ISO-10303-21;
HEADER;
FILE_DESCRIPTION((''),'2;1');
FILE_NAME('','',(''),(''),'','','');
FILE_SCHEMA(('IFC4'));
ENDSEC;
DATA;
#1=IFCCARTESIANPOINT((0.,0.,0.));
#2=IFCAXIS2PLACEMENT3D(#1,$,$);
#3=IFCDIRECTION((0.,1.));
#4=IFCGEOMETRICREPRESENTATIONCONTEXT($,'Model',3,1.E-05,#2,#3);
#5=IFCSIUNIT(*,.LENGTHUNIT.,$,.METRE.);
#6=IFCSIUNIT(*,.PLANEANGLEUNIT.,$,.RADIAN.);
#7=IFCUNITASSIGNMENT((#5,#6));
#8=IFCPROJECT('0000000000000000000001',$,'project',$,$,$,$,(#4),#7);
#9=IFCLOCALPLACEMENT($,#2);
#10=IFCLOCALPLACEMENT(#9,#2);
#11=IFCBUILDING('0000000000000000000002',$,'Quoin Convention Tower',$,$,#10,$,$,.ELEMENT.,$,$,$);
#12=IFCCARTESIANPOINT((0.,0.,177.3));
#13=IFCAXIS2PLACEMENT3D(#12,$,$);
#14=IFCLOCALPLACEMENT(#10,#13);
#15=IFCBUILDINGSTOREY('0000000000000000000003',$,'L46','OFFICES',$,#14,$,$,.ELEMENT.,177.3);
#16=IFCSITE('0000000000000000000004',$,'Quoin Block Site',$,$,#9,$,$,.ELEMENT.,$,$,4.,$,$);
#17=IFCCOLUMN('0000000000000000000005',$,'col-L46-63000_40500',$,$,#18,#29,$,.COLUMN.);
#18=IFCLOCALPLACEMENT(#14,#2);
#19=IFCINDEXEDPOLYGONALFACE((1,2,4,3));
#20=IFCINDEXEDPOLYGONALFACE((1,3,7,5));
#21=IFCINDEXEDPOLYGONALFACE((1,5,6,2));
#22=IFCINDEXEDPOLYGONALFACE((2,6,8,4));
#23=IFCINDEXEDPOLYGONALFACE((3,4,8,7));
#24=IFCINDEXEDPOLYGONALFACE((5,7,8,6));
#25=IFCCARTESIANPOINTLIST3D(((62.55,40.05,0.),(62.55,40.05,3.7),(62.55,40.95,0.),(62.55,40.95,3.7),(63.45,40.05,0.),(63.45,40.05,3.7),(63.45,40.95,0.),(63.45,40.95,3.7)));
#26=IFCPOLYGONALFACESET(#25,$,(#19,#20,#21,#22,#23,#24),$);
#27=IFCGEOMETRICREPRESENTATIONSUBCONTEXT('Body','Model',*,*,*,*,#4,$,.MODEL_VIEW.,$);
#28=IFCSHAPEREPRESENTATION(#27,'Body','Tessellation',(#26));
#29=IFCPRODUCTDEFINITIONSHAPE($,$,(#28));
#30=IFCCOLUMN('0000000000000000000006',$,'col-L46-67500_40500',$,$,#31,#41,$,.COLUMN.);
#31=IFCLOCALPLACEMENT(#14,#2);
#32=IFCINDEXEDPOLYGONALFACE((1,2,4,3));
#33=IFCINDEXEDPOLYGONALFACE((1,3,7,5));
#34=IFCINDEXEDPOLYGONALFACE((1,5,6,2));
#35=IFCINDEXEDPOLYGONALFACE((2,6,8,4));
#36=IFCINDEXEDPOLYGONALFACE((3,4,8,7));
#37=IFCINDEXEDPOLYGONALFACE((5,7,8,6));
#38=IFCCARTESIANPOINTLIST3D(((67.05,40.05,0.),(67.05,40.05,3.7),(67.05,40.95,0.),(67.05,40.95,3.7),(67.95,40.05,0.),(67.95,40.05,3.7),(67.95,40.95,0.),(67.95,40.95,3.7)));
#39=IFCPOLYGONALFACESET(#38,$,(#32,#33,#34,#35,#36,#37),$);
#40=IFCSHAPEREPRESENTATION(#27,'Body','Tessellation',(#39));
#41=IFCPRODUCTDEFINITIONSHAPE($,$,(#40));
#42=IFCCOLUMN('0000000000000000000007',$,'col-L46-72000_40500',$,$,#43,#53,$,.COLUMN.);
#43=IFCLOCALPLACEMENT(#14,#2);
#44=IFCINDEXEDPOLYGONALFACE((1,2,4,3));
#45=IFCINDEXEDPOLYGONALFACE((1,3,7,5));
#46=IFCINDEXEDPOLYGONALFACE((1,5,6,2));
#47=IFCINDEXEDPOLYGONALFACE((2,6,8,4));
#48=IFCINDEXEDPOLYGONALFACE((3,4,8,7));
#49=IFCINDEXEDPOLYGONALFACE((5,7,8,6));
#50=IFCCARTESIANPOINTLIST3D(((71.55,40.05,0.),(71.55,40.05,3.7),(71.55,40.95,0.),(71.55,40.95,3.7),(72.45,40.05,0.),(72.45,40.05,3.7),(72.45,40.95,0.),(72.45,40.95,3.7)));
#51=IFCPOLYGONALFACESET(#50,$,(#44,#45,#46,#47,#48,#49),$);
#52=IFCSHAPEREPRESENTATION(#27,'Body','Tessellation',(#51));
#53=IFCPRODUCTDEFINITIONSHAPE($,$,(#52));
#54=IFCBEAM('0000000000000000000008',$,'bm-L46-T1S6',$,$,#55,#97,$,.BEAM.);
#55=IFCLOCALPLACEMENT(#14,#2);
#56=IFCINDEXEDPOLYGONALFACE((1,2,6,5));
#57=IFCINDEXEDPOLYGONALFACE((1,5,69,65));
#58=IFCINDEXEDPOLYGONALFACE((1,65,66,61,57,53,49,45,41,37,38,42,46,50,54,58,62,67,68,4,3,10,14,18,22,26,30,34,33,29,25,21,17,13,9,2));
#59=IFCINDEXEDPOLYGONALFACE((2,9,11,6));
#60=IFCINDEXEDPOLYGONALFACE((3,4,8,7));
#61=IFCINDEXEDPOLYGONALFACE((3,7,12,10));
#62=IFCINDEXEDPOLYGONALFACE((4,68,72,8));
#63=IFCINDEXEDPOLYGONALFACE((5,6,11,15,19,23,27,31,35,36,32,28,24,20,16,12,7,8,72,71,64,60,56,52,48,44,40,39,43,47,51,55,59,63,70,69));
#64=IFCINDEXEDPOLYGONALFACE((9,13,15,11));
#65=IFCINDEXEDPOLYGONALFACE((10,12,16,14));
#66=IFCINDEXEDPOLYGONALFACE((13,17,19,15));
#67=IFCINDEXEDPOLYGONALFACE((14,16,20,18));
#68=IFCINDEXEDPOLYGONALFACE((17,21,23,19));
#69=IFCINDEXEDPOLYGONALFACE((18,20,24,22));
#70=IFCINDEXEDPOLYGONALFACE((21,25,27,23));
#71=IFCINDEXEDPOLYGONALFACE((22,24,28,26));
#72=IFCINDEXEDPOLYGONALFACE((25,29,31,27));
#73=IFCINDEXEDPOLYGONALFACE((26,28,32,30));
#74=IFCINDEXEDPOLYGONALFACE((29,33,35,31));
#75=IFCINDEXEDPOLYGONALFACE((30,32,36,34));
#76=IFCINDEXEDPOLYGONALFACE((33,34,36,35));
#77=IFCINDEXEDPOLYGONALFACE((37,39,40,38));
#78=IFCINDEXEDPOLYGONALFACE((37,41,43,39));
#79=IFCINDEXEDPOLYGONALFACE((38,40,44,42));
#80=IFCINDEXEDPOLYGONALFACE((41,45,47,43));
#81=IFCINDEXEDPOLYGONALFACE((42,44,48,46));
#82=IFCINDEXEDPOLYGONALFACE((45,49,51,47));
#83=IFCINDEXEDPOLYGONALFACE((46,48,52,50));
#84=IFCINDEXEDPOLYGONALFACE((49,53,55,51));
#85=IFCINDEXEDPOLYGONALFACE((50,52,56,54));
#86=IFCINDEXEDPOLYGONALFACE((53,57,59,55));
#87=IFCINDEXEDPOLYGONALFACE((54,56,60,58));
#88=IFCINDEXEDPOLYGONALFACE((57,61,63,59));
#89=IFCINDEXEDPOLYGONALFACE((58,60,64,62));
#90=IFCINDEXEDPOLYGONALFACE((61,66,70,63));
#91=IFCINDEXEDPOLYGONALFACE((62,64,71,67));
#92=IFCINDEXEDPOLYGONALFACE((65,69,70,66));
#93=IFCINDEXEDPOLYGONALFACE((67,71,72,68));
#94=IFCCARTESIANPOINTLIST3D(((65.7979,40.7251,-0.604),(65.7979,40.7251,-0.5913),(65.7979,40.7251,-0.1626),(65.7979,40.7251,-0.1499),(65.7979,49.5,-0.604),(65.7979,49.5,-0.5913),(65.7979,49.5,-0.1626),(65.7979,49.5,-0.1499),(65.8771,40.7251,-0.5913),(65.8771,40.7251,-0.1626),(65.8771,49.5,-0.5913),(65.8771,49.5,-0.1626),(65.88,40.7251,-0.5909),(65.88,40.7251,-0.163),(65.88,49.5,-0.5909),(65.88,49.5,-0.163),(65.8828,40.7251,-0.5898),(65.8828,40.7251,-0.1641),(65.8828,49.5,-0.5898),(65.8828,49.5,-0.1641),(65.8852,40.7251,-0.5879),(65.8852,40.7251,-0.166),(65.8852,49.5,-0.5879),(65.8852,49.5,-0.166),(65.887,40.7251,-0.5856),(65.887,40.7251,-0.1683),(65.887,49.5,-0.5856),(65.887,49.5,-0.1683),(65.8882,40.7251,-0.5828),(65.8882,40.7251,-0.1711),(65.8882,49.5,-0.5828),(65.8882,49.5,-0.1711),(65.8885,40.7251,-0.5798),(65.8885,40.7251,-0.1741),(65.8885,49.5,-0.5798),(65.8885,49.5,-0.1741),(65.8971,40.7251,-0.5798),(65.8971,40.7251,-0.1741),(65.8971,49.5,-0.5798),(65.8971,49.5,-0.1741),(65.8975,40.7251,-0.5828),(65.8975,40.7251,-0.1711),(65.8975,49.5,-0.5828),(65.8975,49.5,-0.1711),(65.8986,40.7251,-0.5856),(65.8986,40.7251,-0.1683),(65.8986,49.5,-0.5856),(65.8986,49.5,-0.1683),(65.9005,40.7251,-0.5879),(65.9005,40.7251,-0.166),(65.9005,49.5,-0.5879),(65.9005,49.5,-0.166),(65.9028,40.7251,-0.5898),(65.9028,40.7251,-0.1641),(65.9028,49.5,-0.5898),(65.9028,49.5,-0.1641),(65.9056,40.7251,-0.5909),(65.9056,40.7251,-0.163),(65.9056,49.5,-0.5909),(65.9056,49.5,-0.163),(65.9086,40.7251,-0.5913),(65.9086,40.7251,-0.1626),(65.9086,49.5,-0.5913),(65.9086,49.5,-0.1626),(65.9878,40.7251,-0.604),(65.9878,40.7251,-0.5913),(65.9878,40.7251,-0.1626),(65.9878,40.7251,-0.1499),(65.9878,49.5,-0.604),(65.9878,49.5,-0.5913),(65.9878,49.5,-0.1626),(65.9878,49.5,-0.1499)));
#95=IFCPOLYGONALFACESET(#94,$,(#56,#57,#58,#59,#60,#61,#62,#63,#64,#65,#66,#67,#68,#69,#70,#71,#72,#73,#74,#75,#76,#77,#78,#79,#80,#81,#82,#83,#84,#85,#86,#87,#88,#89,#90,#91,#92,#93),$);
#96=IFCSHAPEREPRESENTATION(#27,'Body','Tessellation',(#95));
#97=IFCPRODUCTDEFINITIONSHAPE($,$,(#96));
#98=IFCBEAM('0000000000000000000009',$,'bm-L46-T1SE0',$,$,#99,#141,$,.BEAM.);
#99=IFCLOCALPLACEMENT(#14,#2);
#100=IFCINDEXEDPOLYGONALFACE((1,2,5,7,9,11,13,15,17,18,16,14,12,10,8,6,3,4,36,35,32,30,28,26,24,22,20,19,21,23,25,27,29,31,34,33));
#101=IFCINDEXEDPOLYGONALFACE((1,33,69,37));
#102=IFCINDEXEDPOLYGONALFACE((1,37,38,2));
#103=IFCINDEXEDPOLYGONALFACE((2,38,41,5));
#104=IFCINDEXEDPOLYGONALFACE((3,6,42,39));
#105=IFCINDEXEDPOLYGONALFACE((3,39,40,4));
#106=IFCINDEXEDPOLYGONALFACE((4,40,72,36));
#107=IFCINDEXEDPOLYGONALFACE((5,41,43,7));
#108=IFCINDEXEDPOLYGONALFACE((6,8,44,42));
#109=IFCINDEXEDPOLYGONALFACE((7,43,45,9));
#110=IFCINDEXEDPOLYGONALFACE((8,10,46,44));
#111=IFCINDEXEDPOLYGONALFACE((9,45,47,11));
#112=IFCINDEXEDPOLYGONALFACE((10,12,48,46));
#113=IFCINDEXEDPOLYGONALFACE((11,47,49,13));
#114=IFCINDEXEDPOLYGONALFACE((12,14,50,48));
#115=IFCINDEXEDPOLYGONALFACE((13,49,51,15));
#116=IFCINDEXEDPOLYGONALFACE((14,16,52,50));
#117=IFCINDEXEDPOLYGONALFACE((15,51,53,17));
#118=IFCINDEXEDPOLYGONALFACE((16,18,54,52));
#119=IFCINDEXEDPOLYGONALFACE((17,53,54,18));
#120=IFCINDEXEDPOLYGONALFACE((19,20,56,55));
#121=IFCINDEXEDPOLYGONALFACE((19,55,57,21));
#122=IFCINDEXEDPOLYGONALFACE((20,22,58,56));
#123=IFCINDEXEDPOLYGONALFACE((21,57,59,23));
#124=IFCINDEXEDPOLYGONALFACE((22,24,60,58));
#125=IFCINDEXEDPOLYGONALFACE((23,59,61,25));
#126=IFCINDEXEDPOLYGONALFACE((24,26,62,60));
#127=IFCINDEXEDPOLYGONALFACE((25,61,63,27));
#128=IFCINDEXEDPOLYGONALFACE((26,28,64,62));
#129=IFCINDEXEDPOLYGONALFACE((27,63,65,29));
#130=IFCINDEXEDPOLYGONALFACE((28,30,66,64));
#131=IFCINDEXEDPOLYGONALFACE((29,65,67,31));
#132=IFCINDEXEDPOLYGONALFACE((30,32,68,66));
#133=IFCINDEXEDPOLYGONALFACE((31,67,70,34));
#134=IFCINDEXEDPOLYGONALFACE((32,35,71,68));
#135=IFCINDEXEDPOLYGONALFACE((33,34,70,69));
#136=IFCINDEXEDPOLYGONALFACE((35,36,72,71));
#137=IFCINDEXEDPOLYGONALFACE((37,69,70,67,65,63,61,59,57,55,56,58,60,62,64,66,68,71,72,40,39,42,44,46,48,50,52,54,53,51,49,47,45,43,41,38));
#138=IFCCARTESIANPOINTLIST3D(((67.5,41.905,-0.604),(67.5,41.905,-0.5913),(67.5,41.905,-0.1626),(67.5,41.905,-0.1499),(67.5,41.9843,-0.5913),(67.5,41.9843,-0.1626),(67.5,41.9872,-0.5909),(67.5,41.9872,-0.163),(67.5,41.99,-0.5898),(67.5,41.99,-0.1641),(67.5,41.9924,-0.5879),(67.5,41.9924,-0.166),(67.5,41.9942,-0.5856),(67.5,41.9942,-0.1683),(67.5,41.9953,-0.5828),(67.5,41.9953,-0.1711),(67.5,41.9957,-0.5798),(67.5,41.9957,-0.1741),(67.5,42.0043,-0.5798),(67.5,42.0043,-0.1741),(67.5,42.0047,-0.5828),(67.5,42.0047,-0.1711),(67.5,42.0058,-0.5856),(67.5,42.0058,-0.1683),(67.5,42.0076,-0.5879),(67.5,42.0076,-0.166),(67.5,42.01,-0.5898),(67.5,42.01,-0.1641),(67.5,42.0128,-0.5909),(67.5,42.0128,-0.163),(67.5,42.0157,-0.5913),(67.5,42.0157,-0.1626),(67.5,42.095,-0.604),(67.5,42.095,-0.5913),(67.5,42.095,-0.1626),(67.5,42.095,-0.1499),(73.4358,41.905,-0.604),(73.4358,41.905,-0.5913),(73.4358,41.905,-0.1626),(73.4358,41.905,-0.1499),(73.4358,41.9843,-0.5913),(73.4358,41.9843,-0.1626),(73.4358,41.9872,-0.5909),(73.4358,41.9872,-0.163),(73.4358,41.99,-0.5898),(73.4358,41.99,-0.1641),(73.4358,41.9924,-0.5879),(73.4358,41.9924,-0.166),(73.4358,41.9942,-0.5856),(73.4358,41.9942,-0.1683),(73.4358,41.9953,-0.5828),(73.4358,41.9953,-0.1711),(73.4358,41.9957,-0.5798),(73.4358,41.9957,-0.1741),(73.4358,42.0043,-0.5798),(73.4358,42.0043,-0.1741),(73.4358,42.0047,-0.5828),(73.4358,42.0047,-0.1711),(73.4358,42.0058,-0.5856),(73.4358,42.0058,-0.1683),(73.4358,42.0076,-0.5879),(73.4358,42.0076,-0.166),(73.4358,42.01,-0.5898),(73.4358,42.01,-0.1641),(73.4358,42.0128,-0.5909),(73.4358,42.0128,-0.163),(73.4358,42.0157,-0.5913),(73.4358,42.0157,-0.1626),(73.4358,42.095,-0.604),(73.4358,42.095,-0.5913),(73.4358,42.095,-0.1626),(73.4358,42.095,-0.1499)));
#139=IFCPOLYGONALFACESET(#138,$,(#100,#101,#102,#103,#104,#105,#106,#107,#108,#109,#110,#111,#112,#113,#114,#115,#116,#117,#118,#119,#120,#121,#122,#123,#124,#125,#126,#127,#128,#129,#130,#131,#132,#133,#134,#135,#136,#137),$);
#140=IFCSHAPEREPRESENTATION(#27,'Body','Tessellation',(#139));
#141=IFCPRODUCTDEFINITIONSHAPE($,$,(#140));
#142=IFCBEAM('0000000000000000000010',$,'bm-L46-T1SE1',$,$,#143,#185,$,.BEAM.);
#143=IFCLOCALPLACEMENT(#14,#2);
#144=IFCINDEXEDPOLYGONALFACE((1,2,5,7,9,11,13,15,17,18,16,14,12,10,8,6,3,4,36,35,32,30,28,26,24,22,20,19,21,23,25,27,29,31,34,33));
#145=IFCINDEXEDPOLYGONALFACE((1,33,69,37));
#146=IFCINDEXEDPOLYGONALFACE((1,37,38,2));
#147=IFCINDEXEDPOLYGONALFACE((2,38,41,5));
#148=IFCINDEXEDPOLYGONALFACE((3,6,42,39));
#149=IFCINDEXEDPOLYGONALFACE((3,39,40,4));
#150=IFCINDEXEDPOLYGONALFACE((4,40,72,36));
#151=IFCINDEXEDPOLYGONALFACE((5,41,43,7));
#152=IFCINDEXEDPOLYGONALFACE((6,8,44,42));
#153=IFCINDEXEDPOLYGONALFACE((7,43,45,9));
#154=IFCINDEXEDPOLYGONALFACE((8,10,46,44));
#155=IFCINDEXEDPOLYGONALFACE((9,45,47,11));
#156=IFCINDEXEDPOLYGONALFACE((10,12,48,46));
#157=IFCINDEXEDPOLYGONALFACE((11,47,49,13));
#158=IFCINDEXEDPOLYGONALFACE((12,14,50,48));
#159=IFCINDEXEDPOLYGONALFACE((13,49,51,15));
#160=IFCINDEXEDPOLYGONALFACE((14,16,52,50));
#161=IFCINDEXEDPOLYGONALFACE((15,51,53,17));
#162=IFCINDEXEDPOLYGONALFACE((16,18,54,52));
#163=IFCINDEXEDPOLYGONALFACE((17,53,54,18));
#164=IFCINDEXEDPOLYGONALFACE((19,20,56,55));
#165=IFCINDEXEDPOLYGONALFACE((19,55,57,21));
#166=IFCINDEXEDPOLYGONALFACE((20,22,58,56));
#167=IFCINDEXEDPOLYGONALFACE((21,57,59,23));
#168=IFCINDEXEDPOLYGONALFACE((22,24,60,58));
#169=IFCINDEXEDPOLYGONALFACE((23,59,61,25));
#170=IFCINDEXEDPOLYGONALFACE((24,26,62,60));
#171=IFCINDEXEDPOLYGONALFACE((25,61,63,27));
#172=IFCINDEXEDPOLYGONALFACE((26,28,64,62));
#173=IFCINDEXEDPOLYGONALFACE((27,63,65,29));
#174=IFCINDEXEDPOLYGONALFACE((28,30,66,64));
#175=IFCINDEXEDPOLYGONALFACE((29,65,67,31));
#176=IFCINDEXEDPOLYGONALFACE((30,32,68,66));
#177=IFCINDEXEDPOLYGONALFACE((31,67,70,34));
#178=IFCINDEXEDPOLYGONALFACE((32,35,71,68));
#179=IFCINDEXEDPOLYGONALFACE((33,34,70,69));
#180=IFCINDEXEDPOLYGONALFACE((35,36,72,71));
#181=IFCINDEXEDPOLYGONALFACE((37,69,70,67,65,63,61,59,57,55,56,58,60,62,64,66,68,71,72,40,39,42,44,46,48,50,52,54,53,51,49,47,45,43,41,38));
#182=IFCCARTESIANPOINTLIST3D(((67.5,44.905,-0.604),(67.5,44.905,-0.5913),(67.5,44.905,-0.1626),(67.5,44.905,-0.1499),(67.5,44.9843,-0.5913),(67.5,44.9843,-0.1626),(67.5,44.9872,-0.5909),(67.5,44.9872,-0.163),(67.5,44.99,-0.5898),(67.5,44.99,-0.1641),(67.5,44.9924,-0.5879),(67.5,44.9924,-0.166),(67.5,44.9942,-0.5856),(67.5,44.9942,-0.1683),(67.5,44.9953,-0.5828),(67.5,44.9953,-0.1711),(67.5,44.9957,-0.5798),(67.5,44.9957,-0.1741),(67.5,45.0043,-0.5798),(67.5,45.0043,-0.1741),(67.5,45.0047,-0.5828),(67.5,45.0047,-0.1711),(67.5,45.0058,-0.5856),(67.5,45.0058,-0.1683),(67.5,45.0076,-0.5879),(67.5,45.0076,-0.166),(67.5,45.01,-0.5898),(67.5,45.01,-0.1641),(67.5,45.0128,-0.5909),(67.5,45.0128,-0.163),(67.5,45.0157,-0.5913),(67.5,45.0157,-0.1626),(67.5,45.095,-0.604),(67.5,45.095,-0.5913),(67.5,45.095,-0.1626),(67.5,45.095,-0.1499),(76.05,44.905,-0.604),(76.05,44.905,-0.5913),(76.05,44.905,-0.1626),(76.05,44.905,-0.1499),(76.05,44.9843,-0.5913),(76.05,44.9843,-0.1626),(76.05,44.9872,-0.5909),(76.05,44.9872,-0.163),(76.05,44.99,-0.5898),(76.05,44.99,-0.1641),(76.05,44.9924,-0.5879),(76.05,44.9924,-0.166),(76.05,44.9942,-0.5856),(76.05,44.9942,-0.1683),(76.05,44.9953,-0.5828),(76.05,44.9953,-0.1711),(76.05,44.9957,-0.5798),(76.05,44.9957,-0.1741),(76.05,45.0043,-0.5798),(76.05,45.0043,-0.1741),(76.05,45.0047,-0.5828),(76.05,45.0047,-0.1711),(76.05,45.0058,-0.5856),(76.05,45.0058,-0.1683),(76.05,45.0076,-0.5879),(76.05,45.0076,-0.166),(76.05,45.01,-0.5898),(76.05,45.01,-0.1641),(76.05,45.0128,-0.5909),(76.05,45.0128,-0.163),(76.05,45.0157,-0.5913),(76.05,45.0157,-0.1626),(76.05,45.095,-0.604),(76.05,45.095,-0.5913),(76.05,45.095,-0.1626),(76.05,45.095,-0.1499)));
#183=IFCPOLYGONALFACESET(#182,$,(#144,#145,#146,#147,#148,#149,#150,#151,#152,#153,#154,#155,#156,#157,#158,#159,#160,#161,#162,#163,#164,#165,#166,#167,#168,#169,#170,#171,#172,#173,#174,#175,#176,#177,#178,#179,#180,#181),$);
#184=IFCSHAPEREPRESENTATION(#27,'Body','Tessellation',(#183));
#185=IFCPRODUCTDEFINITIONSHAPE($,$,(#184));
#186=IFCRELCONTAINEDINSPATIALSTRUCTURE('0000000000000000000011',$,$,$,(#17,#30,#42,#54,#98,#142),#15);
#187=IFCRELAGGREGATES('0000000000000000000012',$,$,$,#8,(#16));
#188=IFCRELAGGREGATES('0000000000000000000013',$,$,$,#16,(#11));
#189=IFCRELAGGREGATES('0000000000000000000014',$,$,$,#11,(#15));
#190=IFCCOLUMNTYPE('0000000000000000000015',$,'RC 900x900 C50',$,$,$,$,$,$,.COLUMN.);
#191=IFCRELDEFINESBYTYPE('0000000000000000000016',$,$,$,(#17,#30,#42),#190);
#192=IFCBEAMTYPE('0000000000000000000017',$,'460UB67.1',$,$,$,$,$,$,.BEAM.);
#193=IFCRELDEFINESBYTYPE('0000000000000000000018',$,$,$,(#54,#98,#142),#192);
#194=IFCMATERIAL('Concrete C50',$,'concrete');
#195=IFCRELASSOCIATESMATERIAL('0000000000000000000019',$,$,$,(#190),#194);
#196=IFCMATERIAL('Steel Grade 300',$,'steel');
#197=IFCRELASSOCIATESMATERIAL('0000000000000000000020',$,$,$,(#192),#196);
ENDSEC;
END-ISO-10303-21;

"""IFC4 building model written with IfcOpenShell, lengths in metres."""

from ifc_helpers import new_model, si_unit, direction, frame, origin, origin_2d, place, context, subcontext, project, spatial, rectangle, i_section, extrude, material, material_profile, profile_set, type_object, element, save


model = new_model("IFC4")

# Units and contexts
model_context = context("Model", 3, precision=1e-05, world=origin(), true_north=direction((0.0, 1.0)))
body_context = subcontext(model_context, "Body", "Model", "MODEL_VIEW")
ifc_project = project(units=[si_unit("LENGTHUNIT", "METRE"), si_unit("PLANEANGLEUNIT", "RADIAN")], contexts=[model_context])

# Site, building, storey
site_placement = place(None, origin())
site = spatial("IfcSite", under=ifc_project, at=site_placement, Name="Quoin Block Site", CompositionType="ELEMENT", RefElevation=4.0)
building_placement = place(site_placement, origin())
building = spatial("IfcBuilding", under=site, at=building_placement, Name="Quoin Convention Tower", CompositionType="ELEMENT")
storey_placement = place(building_placement, frame((0.0, 0.0, 177.3)))
storey = spatial("IfcBuildingStorey", under=building, at=storey_placement, Name="L46", Description="OFFICES", CompositionType="ELEMENT", Elevation=177.3)

# Columns
ifc_material_1 = material(Name="Concrete C50", Category="concrete")
ifc_material_profile_1 = material_profile(ifc_material_1, rectangle(XDim=0.8999, YDim=0.8999, at=origin_2d()), Name="RC 900x900")
ifc_profile_set_1 = profile_set([ifc_material_profile_1], Name="Concrete C50")
column_type = type_object("IfcColumnType", Name="RC 900x900 C50", PredefinedType="COLUMN", material=ifc_profile_set_1)
for number, where, z_axis, x_axis, name in (
    (1, (63.0, 40.5, 0.0), (0.0, 0.0, 1.0), (1.0, 0.0, 0.0), "col-L46-63000_40500"),
    (2, (67.5, 40.5, 0.0), (0.0, 0.0, 1.0), (1.0, 0.0, 0.0), "col-L46-67500_40500"),
    (3, (72.0, 40.5, 0.0), (0.0, 0.0, 1.0), (1.0, 0.0, 0.0), "col-L46-72000_40500"),
):
    element("IfcColumn", number, at=place(storey_placement, frame(where, z_axis=z_axis, x_axis=x_axis)), inside=storey, type_object=column_type, Name=name, PredefinedType="COLUMN", context=body_context, shape_type="SweptSolid", body=[
        extrude(rectangle(XDim=0.8999, YDim=0.8999, at=origin_2d()), origin(), (0.0, 0.0, 1.0), 3.7),
    ])

# Beams
ifc_material_2 = material(Name="Steel Grade 300", Category="steel")
ifc_material_profile_2 = material_profile(ifc_material_2, i_section(OverallWidth=0.1899, OverallDepth=0.4541, WebThickness=0.0085, FlangeThickness=0.0127, FilletRadius=0.0115, at=origin_2d()), Name="460UB67.1")
ifc_profile_set_2 = profile_set([ifc_material_profile_2], Name="Steel Grade 300")
beam_type_1 = type_object("IfcBeamType", Name="460UB67.1", PredefinedType="BEAM", material=ifc_profile_set_2)
beam_1_placement = place(storey_placement, frame((65.8928, 40.7251, -0.377), z_axis=(0.0, 1.0, 0.0), x_axis=(-1.0, 0.0, 0.0)))
element("IfcBeam", 4, at=beam_1_placement, inside=storey, type_object=beam_type_1, Name="bm-L46-T1S6", PredefinedType="BEAM", context=body_context, shape_type="SweptSolid", body=[
    extrude(i_section(OverallWidth=0.1899, OverallDepth=0.4541, WebThickness=0.0085, FlangeThickness=0.0127, FilletRadius=0.0115, at=origin_2d()), origin(), (0.0, 0.0, 1.0), 8.7749),
])
beam_2_placement = place(storey_placement, frame((67.5, 42.0, -0.377), z_axis=(1.0, 0.0, 0.0), x_axis=(0.0, 1.0, 0.0)))
element("IfcBeam", 5, at=beam_2_placement, inside=storey, type_object=beam_type_1, Name="bm-L46-T1SE0", PredefinedType="BEAM", context=body_context, shape_type="SweptSolid", body=[
    extrude(i_section(OverallWidth=0.1899, OverallDepth=0.4541, WebThickness=0.0085, FlangeThickness=0.0127, FilletRadius=0.0115, at=origin_2d()), origin(), (0.0, 0.0, 1.0), 5.9358),
])
beam_3_placement = place(storey_placement, frame((67.5, 45.0, -0.377), z_axis=(1.0, 0.0, 0.0), x_axis=(0.0, 1.0, 0.0)))
element("IfcBeam", 6, at=beam_3_placement, inside=storey, type_object=beam_type_1, Name="bm-L46-T1SE1", PredefinedType="BEAM", context=body_context, shape_type="SweptSolid", body=[
    extrude(i_section(OverallWidth=0.1899, OverallDepth=0.4541, WebThickness=0.0085, FlangeThickness=0.0127, FilletRadius=0.0115, at=origin_2d()), origin(), (0.0, 0.0, 1.0), 8.55),
])

save(model, "model.ifc")
